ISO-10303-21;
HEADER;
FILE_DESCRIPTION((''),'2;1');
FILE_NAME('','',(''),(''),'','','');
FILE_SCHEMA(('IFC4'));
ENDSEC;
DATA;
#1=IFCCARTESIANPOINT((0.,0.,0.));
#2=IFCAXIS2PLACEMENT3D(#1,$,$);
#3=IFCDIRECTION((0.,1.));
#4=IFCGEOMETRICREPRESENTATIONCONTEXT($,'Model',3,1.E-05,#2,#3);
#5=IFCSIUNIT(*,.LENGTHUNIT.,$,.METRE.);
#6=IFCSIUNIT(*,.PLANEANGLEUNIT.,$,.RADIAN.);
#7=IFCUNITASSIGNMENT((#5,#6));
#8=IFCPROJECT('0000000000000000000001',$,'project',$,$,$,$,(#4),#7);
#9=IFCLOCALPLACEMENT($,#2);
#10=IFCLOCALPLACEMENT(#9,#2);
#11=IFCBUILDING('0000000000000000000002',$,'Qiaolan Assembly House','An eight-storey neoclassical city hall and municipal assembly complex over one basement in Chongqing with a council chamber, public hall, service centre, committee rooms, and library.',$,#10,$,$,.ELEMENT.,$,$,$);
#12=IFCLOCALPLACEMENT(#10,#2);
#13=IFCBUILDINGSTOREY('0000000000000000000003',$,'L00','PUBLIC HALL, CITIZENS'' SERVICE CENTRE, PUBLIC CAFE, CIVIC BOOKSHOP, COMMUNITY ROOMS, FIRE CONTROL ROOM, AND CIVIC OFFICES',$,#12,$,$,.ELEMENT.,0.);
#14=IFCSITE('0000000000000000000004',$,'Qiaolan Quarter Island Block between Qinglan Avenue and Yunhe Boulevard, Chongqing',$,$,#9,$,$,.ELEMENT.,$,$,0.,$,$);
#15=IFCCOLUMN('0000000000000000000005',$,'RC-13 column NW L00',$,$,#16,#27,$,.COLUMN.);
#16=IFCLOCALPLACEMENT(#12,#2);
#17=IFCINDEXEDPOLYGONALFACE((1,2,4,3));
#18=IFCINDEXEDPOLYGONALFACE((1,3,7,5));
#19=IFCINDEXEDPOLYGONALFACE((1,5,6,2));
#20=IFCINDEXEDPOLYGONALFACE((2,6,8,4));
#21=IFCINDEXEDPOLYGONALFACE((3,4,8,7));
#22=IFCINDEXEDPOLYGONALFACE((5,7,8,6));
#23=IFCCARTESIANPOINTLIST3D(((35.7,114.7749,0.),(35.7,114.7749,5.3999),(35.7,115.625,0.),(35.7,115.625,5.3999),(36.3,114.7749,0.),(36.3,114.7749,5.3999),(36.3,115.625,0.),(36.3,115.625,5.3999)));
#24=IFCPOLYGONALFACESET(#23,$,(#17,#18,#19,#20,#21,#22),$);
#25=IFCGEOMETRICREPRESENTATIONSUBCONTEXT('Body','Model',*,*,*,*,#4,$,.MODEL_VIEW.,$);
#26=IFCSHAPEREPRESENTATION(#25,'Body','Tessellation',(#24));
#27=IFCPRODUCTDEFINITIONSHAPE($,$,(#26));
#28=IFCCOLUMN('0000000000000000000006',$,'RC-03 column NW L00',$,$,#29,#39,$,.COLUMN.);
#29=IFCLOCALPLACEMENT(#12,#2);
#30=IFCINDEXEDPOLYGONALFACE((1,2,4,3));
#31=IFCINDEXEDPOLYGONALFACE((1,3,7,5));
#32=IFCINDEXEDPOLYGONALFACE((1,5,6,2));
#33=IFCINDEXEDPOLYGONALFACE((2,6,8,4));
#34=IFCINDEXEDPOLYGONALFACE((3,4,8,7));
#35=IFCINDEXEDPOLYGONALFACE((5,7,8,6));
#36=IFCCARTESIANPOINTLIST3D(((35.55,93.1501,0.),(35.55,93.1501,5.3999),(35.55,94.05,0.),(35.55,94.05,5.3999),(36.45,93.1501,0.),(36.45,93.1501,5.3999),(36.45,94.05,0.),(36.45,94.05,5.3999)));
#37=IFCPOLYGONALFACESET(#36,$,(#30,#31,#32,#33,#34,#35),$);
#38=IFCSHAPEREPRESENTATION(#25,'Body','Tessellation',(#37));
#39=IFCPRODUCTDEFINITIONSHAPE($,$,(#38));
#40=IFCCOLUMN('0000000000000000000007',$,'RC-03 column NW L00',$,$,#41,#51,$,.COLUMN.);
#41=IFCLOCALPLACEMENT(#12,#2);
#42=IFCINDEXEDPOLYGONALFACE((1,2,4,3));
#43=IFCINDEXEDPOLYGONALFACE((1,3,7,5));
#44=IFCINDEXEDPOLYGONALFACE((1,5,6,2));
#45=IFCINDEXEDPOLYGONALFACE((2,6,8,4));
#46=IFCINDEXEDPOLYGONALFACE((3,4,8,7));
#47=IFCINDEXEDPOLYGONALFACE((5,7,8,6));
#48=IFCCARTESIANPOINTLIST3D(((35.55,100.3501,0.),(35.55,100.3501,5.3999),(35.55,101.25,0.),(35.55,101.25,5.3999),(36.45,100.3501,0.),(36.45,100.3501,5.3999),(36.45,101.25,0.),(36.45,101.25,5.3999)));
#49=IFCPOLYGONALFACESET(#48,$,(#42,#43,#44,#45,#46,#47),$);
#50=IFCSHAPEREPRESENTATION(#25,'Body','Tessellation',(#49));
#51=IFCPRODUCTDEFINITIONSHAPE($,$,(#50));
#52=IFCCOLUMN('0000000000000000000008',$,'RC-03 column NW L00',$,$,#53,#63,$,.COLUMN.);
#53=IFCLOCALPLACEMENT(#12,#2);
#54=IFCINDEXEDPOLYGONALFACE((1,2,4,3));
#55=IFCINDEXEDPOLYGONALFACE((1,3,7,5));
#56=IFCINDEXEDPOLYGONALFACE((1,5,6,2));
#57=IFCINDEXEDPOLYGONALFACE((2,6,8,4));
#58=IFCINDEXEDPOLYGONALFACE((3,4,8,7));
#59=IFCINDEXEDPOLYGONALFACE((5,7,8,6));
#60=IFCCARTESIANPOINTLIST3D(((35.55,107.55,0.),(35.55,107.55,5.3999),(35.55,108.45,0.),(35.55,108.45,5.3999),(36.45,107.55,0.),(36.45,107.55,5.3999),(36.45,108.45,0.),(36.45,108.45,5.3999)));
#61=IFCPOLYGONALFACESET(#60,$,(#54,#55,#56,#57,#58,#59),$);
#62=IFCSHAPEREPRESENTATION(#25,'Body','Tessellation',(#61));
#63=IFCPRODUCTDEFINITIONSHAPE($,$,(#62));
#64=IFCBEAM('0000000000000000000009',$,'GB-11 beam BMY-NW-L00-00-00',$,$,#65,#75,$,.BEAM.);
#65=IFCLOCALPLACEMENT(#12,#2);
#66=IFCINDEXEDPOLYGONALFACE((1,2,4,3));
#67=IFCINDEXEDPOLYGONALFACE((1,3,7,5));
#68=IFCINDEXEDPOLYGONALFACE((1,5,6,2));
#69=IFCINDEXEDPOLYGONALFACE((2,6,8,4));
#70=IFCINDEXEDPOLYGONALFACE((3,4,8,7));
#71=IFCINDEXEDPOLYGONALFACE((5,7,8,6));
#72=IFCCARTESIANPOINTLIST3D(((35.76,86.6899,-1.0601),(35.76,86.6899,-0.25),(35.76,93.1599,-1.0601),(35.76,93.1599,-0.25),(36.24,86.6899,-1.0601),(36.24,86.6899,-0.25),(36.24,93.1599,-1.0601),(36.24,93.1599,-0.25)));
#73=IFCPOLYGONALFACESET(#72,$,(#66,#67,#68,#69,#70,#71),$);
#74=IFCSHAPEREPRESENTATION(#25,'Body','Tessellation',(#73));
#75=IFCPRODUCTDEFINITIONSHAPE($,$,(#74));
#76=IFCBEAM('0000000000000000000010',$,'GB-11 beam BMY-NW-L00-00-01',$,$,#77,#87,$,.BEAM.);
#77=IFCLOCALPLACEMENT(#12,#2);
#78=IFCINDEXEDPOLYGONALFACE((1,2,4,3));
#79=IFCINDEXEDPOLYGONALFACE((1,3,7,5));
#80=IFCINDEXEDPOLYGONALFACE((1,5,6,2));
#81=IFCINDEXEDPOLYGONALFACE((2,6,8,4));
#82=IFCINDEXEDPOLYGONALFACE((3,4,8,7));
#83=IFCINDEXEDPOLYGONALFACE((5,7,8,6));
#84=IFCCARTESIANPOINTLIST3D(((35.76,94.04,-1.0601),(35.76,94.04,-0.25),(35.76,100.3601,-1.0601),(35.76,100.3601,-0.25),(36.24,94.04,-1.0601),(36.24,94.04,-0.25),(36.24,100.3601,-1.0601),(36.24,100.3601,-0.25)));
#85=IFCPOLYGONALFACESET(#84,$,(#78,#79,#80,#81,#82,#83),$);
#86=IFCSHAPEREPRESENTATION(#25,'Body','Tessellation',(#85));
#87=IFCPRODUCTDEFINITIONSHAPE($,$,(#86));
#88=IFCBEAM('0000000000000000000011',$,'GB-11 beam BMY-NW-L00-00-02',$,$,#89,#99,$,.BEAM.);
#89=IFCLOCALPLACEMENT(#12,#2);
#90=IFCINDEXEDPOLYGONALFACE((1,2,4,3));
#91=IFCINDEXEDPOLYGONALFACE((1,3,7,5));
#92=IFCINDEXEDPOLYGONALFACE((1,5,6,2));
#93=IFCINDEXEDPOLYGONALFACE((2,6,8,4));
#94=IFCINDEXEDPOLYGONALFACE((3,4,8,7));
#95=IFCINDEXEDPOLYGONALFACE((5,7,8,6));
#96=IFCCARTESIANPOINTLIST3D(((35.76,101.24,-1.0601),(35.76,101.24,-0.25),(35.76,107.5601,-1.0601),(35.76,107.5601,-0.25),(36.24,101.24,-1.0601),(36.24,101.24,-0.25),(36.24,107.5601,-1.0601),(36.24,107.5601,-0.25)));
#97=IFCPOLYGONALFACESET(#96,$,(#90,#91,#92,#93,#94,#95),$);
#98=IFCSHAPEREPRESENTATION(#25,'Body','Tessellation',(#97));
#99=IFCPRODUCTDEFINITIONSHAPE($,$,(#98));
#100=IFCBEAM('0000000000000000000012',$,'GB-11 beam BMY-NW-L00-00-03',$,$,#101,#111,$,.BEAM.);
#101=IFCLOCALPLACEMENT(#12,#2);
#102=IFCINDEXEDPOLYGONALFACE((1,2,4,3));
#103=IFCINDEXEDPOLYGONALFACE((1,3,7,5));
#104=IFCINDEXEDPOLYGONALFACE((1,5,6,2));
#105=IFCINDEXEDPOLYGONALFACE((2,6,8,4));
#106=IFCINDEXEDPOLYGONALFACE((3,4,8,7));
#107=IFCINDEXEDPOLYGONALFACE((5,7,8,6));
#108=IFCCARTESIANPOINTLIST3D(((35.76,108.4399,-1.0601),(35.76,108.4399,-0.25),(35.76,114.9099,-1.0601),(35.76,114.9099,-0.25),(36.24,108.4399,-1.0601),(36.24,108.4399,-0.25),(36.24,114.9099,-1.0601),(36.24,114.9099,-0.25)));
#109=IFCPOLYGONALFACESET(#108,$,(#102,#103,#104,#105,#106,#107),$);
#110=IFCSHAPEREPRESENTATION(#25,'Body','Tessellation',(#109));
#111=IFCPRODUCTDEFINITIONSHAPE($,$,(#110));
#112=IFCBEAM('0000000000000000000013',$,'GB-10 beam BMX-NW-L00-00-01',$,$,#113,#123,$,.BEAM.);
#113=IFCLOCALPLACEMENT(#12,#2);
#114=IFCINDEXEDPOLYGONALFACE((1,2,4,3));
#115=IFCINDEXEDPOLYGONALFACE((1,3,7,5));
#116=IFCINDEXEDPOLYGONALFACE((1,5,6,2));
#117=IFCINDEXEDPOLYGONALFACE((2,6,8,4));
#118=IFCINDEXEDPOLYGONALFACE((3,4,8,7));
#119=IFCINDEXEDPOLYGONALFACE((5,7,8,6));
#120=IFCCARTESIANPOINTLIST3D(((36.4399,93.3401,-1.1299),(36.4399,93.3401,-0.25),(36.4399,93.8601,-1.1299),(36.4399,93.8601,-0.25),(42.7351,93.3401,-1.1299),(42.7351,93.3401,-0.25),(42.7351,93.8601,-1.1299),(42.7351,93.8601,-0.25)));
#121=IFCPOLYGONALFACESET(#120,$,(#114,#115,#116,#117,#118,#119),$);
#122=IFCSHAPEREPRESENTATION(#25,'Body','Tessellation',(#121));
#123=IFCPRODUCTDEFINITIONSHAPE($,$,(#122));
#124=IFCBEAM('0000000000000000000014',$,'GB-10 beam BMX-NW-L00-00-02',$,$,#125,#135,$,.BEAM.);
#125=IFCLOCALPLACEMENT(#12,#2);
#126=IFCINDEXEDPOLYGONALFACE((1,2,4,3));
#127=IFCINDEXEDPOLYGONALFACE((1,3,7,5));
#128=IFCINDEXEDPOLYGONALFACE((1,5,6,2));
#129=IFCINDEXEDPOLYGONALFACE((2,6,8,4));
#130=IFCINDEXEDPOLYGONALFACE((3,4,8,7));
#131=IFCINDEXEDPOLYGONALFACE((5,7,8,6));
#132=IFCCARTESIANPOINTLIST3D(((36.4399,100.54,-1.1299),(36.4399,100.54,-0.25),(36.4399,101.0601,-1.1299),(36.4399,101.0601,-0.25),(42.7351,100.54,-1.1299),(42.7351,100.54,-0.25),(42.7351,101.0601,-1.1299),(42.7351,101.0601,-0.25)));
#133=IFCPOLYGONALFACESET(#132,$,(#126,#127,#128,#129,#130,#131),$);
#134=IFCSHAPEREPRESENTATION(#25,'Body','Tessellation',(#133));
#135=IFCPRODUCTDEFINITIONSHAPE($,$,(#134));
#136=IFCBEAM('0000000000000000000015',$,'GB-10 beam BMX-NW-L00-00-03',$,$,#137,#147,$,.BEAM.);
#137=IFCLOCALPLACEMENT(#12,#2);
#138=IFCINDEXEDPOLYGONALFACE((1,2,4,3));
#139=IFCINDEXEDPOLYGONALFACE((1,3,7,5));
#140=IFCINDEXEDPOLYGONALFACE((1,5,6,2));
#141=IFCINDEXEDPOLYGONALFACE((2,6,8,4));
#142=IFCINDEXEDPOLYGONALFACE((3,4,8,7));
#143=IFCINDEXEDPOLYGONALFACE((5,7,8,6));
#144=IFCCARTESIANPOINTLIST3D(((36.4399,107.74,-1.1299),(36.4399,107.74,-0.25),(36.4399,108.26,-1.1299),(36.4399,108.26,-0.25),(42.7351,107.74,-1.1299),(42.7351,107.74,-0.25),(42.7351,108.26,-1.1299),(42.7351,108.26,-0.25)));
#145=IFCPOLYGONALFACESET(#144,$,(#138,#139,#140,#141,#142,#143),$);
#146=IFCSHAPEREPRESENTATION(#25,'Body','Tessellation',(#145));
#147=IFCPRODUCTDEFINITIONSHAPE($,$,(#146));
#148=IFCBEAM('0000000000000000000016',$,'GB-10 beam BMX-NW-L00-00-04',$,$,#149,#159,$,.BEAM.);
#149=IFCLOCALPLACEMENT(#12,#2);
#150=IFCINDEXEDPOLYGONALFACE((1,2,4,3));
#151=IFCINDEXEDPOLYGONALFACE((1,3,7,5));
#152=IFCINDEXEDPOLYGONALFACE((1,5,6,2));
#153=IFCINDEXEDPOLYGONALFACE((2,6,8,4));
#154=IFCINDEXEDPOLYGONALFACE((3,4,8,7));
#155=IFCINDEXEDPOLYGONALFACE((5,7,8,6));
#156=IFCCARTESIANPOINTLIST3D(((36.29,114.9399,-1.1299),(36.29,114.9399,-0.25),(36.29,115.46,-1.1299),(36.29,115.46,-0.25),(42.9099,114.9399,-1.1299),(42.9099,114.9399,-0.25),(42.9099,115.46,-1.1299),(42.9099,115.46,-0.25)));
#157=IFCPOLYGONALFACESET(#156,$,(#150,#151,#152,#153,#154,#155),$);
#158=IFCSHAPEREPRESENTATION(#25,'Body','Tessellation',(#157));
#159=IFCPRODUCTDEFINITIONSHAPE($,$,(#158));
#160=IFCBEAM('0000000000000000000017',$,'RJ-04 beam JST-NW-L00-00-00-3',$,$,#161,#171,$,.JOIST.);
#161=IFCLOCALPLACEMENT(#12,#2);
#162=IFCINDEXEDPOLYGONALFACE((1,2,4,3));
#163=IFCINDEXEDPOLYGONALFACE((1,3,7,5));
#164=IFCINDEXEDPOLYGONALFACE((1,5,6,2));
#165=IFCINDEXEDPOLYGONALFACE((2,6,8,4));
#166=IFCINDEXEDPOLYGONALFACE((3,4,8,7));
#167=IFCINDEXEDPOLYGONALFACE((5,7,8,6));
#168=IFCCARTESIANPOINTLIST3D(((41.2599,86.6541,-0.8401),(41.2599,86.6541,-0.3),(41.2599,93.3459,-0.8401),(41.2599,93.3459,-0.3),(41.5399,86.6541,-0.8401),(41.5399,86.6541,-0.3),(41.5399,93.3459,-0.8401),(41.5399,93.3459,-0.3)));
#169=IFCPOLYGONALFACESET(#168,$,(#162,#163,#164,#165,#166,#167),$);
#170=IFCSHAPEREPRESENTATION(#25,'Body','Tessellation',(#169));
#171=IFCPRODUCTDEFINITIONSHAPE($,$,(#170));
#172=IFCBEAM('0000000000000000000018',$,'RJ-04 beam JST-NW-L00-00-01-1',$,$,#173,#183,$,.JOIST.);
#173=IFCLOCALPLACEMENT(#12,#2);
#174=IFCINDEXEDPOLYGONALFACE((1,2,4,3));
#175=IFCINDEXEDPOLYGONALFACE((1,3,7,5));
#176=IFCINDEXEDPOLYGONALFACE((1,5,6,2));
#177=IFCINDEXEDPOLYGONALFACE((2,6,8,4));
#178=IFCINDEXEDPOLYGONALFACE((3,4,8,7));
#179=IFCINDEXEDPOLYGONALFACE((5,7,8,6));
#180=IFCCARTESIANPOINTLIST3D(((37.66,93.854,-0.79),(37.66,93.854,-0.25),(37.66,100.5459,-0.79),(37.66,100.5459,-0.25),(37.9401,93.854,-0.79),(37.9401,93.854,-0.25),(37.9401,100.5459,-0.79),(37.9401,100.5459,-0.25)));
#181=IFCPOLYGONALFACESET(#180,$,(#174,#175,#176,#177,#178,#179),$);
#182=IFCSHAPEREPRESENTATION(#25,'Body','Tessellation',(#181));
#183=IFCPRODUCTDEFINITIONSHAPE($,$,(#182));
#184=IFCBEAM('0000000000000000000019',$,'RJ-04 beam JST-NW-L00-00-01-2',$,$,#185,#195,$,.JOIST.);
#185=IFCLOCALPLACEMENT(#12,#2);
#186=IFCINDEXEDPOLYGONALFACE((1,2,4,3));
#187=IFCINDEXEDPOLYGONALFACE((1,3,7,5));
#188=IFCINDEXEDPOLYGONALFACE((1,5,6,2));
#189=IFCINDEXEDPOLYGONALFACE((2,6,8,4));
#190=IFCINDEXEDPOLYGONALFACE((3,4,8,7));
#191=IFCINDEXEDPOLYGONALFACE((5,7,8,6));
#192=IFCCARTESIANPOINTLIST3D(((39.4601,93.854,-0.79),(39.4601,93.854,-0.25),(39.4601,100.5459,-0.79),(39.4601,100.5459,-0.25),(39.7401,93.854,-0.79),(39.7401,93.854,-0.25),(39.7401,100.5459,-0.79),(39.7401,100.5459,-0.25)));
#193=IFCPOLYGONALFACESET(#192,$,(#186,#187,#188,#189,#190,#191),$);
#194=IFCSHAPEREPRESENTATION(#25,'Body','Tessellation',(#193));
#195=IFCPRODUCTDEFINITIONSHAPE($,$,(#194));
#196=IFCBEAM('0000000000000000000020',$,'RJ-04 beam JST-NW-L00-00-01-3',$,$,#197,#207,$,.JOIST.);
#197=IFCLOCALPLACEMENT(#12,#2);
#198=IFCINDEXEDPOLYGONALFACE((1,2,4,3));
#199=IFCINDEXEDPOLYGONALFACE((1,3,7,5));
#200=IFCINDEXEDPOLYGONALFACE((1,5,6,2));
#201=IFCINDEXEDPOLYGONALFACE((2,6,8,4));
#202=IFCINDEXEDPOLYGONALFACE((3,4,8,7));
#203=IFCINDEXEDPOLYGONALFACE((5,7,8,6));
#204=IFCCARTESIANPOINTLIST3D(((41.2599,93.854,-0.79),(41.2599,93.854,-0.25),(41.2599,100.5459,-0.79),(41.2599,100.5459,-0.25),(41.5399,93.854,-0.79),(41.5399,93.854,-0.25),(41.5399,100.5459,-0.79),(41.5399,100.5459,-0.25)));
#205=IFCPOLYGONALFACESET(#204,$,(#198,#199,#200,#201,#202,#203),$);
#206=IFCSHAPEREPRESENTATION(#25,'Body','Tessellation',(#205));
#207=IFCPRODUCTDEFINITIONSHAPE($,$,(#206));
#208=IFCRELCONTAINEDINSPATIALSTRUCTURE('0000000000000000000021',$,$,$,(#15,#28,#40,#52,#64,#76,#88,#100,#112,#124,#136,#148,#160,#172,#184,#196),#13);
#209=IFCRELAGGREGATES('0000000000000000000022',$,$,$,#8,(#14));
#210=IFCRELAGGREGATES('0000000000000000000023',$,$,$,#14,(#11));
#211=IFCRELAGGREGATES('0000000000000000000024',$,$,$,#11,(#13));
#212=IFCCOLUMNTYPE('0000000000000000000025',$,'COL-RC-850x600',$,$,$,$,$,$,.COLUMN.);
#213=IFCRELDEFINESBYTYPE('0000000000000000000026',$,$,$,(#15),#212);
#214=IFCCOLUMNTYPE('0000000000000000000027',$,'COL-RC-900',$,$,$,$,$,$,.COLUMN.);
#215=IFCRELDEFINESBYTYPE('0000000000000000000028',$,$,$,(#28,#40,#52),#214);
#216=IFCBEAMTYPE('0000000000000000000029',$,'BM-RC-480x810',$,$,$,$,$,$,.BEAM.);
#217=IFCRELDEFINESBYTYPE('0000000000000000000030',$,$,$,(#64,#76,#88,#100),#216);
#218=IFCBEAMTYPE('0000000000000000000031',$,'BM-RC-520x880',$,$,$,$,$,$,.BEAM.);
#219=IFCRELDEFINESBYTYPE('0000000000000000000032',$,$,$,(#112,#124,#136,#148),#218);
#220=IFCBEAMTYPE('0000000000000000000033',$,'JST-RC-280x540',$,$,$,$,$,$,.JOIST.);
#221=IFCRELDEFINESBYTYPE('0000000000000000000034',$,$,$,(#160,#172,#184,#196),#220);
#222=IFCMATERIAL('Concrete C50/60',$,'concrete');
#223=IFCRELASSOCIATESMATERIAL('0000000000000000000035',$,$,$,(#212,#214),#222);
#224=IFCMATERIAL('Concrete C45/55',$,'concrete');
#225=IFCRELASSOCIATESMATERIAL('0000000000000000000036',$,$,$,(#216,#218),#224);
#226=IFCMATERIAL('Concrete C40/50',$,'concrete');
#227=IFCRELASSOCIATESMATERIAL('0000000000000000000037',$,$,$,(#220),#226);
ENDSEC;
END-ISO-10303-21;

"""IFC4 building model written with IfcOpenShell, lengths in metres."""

from ifc_helpers import new_model, si_unit, direction, frame, origin, origin_2d, place, context, subcontext, project, spatial, rectangle, extrude, material, material_profile, profile_set, type_object, element, save


model = new_model("IFC4")

# Units and contexts
model_context = context("Model", 3, precision=1e-05, world=origin(), true_north=direction((0.0, 1.0)))
body_context = subcontext(model_context, "Body", "Model", "MODEL_VIEW")
ifc_project = project(units=[si_unit("LENGTHUNIT", "METRE"), si_unit("PLANEANGLEUNIT", "RADIAN")], contexts=[model_context])

# Site, building, storey
site_placement = place(None, origin())
site = spatial("IfcSite", under=ifc_project, at=site_placement, Name="Qiaolan Quarter Island Block between Qinglan Avenue and Yunhe Boulevard, Chongqing", CompositionType="ELEMENT", RefElevation=0.0)
building_placement = place(site_placement, origin())
building = spatial("IfcBuilding", under=site, at=building_placement, Name="Qiaolan Assembly House", Description="An eight-storey neoclassical city hall and municipal assembly complex over one basement in Chongqing with a council chamber, public hall, service centre, committee rooms, and library.", CompositionType="ELEMENT")
storey_placement = place(building_placement, origin())
storey = spatial("IfcBuildingStorey", under=building, at=storey_placement, Name="L00", Description="PUBLIC HALL, CITIZENS' SERVICE CENTRE, PUBLIC CAFE, CIVIC BOOKSHOP, COMMUNITY ROOMS, FIRE CONTROL ROOM, AND CIVIC OFFICES", CompositionType="ELEMENT", Elevation=0.0)

# Columns
ifc_material_1 = material(Name="Concrete C50/60", Category="concrete")
ifc_material_profile_1 = material_profile(ifc_material_1, rectangle(XDim=0.6001, YDim=0.8501, at=origin_2d()), Name="RC 850x600")
ifc_profile_set_1 = profile_set([ifc_material_profile_1], Name="Concrete C50/60")
column_type_1 = type_object("IfcColumnType", Name="COL-RC-850x600", PredefinedType="COLUMN", material=ifc_profile_set_1)
column_placement = place(storey_placement, frame((36.0, 115.2, 0.0), z_axis=(0.0, 0.0, 1.0), x_axis=(1.0, 0.0, 0.0)))
element("IfcColumn", 1, at=column_placement, inside=storey, type_object=column_type_1, Name="RC-13 column NW L00", PredefinedType="COLUMN", context=body_context, shape_type="SweptSolid", body=[
    extrude(rectangle(XDim=0.6001, YDim=0.8501, at=origin_2d()), origin(), (0.0, 0.0, 1.0), 5.3999),
])
ifc_material_profile_2 = material_profile(ifc_material_1, rectangle(XDim=0.8999, YDim=0.8999, at=origin_2d()), Name="RC 900x900")
ifc_profile_set_2 = profile_set([ifc_material_profile_2], Name="Concrete C50/60")
column_type_2 = type_object("IfcColumnType", Name="COL-RC-900", PredefinedType="COLUMN", material=ifc_profile_set_2)
for number, where, z_axis, x_axis, name in (
    (2, (36.0, 93.6001, 0.0), (0.0, 0.0, 1.0), (1.0, 0.0, 0.0), "RC-03 column NW L00"),
    (3, (36.0, 100.8, 0.0), (0.0, 0.0, 1.0), (1.0, 0.0, 0.0), "RC-03 column NW L00"),
    (4, (36.0, 108.0, 0.0), (0.0, 0.0, 1.0), (1.0, 0.0, 0.0), "RC-03 column NW L00"),
):
    element("IfcColumn", number, at=place(storey_placement, frame(where, z_axis=z_axis, x_axis=x_axis)), inside=storey, type_object=column_type_2, Name=name, PredefinedType="COLUMN", context=body_context, shape_type="SweptSolid", body=[
        extrude(rectangle(XDim=0.8999, YDim=0.8999, at=origin_2d()), origin(), (0.0, 0.0, 1.0), 5.3999),
    ])

# Beams
ifc_material_2 = material(Name="Concrete C45/55", Category="concrete")
ifc_material_profile_3 = material_profile(ifc_material_2, rectangle(XDim=0.48, YDim=0.8101, at=origin_2d()), Name="RCB 480x810")
ifc_profile_set_3 = profile_set([ifc_material_profile_3], Name="Concrete C45/55")
beam_type_1 = type_object("IfcBeamType", Name="BM-RC-480x810", PredefinedType="BEAM", material=ifc_profile_set_3)
beam_1_placement = place(storey_placement, frame((36.0, 86.6899, -0.655), z_axis=(0.0, 1.0, 0.0), x_axis=(-1.0, 0.0, 0.0)))
element("IfcBeam", 5, at=beam_1_placement, inside=storey, type_object=beam_type_1, Name="GB-11 beam BMY-NW-L00-00-00", PredefinedType="BEAM", context=body_context, shape_type="SweptSolid", body=[
    extrude(rectangle(XDim=0.48, YDim=0.8101, at=origin_2d()), origin(), (0.0, 0.0, 1.0), 6.47),
])
for number, where, z_axis, x_axis, name in (
    (6, (36.0, 94.04, -0.655), (0.0, 1.0, 0.0), (-1.0, 0.0, 0.0), "GB-11 beam BMY-NW-L00-00-01"),
    (7, (36.0, 101.24, -0.655), (0.0, 1.0, 0.0), (-1.0, 0.0, 0.0), "GB-11 beam BMY-NW-L00-00-02"),
):
    element("IfcBeam", number, at=place(storey_placement, frame(where, z_axis=z_axis, x_axis=x_axis)), inside=storey, type_object=beam_type_1, Name=name, PredefinedType="BEAM", context=body_context, shape_type="SweptSolid", body=[
        extrude(rectangle(XDim=0.48, YDim=0.8101, at=origin_2d()), origin(), (0.0, 0.0, 1.0), 6.3201),
    ])
beam_2_placement = place(storey_placement, frame((36.0, 108.4399, -0.655), z_axis=(0.0, 1.0, 0.0), x_axis=(-1.0, 0.0, 0.0)))
element("IfcBeam", 8, at=beam_2_placement, inside=storey, type_object=beam_type_1, Name="GB-11 beam BMY-NW-L00-00-03", PredefinedType="BEAM", context=body_context, shape_type="SweptSolid", body=[
    extrude(rectangle(XDim=0.48, YDim=0.8101, at=origin_2d()), origin(), (0.0, 0.0, 1.0), 6.47),
])
ifc_material_profile_4 = material_profile(ifc_material_2, rectangle(XDim=0.52, YDim=0.8799, at=origin_2d()), Name="RCB 520x880")
ifc_profile_set_4 = profile_set([ifc_material_profile_4], Name="Concrete C45/55")
beam_type_2 = type_object("IfcBeamType", Name="BM-RC-520x880", PredefinedType="BEAM", material=ifc_profile_set_4)
for number, where, z_axis, x_axis, name in (
    (9, (36.4399, 93.6001, -0.6899), (1.0, 0.0, 0.0), (0.0, 1.0, 0.0), "GB-10 beam BMX-NW-L00-00-01"),
    (10, (36.4399, 100.8, -0.6899), (1.0, 0.0, 0.0), (0.0, 1.0, 0.0), "GB-10 beam BMX-NW-L00-00-02"),
    (11, (36.4399, 108.0, -0.6899), (1.0, 0.0, 0.0), (0.0, 1.0, 0.0), "GB-10 beam BMX-NW-L00-00-03"),
):
    element("IfcBeam", number, at=place(storey_placement, frame(where, z_axis=z_axis, x_axis=x_axis)), inside=storey, type_object=beam_type_2, Name=name, PredefinedType="BEAM", context=body_context, shape_type="SweptSolid", body=[
        extrude(rectangle(XDim=0.52, YDim=0.8799, at=origin_2d()), origin(), (0.0, 0.0, 1.0), 6.2952),
    ])
beam_3_placement = place(storey_placement, frame((36.29, 115.2, -0.6899), z_axis=(1.0, 0.0, 0.0), x_axis=(0.0, 1.0, 0.0)))
element("IfcBeam", 12, at=beam_3_placement, inside=storey, type_object=beam_type_2, Name="GB-10 beam BMX-NW-L00-00-04", PredefinedType="BEAM", context=body_context, shape_type="SweptSolid", body=[
    extrude(rectangle(XDim=0.52, YDim=0.8799, at=origin_2d()), origin(), (0.0, 0.0, 1.0), 6.6199),
])
ifc_material_3 = material(Name="Concrete C40/50", Category="concrete")
ifc_material_profile_5 = material_profile(ifc_material_3, rectangle(XDim=0.28, YDim=0.54, at=origin_2d()), Name="RCB 280x540")
ifc_profile_set_5 = profile_set([ifc_material_profile_5], Name="Concrete C40/50")
beam_type_3 = type_object("IfcBeamType", Name="JST-RC-280x540", PredefinedType="JOIST", material=ifc_profile_set_5)
for number, where, z_axis, x_axis, name in (
    (13, (41.3999, 86.6541, -0.5701), (0.0, 1.0, 0.0), (-1.0, 0.0, 0.0), "RJ-04 beam JST-NW-L00-00-00-3"),
    (14, (37.8, 93.854, -0.52), (0.0, 1.0, 0.0), (-1.0, 0.0, 0.0), "RJ-04 beam JST-NW-L00-00-01-1"),
    (15, (39.6001, 93.854, -0.52), (0.0, 1.0, 0.0), (-1.0, 0.0, 0.0), "RJ-04 beam JST-NW-L00-00-01-2"),
    (16, (41.3999, 93.854, -0.52), (0.0, 1.0, 0.0), (-1.0, 0.0, 0.0), "RJ-04 beam JST-NW-L00-00-01-3"),
):
    element("IfcBeam", number, at=place(storey_placement, frame(where, z_axis=z_axis, x_axis=x_axis)), inside=storey, type_object=beam_type_3, Name=name, PredefinedType="JOIST", context=body_context, shape_type="SweptSolid", body=[
        extrude(rectangle(XDim=0.28, YDim=0.54, at=origin_2d()), origin(), (0.0, 0.0, 1.0), 6.6919),
    ])

save(model, "model.ifc")
